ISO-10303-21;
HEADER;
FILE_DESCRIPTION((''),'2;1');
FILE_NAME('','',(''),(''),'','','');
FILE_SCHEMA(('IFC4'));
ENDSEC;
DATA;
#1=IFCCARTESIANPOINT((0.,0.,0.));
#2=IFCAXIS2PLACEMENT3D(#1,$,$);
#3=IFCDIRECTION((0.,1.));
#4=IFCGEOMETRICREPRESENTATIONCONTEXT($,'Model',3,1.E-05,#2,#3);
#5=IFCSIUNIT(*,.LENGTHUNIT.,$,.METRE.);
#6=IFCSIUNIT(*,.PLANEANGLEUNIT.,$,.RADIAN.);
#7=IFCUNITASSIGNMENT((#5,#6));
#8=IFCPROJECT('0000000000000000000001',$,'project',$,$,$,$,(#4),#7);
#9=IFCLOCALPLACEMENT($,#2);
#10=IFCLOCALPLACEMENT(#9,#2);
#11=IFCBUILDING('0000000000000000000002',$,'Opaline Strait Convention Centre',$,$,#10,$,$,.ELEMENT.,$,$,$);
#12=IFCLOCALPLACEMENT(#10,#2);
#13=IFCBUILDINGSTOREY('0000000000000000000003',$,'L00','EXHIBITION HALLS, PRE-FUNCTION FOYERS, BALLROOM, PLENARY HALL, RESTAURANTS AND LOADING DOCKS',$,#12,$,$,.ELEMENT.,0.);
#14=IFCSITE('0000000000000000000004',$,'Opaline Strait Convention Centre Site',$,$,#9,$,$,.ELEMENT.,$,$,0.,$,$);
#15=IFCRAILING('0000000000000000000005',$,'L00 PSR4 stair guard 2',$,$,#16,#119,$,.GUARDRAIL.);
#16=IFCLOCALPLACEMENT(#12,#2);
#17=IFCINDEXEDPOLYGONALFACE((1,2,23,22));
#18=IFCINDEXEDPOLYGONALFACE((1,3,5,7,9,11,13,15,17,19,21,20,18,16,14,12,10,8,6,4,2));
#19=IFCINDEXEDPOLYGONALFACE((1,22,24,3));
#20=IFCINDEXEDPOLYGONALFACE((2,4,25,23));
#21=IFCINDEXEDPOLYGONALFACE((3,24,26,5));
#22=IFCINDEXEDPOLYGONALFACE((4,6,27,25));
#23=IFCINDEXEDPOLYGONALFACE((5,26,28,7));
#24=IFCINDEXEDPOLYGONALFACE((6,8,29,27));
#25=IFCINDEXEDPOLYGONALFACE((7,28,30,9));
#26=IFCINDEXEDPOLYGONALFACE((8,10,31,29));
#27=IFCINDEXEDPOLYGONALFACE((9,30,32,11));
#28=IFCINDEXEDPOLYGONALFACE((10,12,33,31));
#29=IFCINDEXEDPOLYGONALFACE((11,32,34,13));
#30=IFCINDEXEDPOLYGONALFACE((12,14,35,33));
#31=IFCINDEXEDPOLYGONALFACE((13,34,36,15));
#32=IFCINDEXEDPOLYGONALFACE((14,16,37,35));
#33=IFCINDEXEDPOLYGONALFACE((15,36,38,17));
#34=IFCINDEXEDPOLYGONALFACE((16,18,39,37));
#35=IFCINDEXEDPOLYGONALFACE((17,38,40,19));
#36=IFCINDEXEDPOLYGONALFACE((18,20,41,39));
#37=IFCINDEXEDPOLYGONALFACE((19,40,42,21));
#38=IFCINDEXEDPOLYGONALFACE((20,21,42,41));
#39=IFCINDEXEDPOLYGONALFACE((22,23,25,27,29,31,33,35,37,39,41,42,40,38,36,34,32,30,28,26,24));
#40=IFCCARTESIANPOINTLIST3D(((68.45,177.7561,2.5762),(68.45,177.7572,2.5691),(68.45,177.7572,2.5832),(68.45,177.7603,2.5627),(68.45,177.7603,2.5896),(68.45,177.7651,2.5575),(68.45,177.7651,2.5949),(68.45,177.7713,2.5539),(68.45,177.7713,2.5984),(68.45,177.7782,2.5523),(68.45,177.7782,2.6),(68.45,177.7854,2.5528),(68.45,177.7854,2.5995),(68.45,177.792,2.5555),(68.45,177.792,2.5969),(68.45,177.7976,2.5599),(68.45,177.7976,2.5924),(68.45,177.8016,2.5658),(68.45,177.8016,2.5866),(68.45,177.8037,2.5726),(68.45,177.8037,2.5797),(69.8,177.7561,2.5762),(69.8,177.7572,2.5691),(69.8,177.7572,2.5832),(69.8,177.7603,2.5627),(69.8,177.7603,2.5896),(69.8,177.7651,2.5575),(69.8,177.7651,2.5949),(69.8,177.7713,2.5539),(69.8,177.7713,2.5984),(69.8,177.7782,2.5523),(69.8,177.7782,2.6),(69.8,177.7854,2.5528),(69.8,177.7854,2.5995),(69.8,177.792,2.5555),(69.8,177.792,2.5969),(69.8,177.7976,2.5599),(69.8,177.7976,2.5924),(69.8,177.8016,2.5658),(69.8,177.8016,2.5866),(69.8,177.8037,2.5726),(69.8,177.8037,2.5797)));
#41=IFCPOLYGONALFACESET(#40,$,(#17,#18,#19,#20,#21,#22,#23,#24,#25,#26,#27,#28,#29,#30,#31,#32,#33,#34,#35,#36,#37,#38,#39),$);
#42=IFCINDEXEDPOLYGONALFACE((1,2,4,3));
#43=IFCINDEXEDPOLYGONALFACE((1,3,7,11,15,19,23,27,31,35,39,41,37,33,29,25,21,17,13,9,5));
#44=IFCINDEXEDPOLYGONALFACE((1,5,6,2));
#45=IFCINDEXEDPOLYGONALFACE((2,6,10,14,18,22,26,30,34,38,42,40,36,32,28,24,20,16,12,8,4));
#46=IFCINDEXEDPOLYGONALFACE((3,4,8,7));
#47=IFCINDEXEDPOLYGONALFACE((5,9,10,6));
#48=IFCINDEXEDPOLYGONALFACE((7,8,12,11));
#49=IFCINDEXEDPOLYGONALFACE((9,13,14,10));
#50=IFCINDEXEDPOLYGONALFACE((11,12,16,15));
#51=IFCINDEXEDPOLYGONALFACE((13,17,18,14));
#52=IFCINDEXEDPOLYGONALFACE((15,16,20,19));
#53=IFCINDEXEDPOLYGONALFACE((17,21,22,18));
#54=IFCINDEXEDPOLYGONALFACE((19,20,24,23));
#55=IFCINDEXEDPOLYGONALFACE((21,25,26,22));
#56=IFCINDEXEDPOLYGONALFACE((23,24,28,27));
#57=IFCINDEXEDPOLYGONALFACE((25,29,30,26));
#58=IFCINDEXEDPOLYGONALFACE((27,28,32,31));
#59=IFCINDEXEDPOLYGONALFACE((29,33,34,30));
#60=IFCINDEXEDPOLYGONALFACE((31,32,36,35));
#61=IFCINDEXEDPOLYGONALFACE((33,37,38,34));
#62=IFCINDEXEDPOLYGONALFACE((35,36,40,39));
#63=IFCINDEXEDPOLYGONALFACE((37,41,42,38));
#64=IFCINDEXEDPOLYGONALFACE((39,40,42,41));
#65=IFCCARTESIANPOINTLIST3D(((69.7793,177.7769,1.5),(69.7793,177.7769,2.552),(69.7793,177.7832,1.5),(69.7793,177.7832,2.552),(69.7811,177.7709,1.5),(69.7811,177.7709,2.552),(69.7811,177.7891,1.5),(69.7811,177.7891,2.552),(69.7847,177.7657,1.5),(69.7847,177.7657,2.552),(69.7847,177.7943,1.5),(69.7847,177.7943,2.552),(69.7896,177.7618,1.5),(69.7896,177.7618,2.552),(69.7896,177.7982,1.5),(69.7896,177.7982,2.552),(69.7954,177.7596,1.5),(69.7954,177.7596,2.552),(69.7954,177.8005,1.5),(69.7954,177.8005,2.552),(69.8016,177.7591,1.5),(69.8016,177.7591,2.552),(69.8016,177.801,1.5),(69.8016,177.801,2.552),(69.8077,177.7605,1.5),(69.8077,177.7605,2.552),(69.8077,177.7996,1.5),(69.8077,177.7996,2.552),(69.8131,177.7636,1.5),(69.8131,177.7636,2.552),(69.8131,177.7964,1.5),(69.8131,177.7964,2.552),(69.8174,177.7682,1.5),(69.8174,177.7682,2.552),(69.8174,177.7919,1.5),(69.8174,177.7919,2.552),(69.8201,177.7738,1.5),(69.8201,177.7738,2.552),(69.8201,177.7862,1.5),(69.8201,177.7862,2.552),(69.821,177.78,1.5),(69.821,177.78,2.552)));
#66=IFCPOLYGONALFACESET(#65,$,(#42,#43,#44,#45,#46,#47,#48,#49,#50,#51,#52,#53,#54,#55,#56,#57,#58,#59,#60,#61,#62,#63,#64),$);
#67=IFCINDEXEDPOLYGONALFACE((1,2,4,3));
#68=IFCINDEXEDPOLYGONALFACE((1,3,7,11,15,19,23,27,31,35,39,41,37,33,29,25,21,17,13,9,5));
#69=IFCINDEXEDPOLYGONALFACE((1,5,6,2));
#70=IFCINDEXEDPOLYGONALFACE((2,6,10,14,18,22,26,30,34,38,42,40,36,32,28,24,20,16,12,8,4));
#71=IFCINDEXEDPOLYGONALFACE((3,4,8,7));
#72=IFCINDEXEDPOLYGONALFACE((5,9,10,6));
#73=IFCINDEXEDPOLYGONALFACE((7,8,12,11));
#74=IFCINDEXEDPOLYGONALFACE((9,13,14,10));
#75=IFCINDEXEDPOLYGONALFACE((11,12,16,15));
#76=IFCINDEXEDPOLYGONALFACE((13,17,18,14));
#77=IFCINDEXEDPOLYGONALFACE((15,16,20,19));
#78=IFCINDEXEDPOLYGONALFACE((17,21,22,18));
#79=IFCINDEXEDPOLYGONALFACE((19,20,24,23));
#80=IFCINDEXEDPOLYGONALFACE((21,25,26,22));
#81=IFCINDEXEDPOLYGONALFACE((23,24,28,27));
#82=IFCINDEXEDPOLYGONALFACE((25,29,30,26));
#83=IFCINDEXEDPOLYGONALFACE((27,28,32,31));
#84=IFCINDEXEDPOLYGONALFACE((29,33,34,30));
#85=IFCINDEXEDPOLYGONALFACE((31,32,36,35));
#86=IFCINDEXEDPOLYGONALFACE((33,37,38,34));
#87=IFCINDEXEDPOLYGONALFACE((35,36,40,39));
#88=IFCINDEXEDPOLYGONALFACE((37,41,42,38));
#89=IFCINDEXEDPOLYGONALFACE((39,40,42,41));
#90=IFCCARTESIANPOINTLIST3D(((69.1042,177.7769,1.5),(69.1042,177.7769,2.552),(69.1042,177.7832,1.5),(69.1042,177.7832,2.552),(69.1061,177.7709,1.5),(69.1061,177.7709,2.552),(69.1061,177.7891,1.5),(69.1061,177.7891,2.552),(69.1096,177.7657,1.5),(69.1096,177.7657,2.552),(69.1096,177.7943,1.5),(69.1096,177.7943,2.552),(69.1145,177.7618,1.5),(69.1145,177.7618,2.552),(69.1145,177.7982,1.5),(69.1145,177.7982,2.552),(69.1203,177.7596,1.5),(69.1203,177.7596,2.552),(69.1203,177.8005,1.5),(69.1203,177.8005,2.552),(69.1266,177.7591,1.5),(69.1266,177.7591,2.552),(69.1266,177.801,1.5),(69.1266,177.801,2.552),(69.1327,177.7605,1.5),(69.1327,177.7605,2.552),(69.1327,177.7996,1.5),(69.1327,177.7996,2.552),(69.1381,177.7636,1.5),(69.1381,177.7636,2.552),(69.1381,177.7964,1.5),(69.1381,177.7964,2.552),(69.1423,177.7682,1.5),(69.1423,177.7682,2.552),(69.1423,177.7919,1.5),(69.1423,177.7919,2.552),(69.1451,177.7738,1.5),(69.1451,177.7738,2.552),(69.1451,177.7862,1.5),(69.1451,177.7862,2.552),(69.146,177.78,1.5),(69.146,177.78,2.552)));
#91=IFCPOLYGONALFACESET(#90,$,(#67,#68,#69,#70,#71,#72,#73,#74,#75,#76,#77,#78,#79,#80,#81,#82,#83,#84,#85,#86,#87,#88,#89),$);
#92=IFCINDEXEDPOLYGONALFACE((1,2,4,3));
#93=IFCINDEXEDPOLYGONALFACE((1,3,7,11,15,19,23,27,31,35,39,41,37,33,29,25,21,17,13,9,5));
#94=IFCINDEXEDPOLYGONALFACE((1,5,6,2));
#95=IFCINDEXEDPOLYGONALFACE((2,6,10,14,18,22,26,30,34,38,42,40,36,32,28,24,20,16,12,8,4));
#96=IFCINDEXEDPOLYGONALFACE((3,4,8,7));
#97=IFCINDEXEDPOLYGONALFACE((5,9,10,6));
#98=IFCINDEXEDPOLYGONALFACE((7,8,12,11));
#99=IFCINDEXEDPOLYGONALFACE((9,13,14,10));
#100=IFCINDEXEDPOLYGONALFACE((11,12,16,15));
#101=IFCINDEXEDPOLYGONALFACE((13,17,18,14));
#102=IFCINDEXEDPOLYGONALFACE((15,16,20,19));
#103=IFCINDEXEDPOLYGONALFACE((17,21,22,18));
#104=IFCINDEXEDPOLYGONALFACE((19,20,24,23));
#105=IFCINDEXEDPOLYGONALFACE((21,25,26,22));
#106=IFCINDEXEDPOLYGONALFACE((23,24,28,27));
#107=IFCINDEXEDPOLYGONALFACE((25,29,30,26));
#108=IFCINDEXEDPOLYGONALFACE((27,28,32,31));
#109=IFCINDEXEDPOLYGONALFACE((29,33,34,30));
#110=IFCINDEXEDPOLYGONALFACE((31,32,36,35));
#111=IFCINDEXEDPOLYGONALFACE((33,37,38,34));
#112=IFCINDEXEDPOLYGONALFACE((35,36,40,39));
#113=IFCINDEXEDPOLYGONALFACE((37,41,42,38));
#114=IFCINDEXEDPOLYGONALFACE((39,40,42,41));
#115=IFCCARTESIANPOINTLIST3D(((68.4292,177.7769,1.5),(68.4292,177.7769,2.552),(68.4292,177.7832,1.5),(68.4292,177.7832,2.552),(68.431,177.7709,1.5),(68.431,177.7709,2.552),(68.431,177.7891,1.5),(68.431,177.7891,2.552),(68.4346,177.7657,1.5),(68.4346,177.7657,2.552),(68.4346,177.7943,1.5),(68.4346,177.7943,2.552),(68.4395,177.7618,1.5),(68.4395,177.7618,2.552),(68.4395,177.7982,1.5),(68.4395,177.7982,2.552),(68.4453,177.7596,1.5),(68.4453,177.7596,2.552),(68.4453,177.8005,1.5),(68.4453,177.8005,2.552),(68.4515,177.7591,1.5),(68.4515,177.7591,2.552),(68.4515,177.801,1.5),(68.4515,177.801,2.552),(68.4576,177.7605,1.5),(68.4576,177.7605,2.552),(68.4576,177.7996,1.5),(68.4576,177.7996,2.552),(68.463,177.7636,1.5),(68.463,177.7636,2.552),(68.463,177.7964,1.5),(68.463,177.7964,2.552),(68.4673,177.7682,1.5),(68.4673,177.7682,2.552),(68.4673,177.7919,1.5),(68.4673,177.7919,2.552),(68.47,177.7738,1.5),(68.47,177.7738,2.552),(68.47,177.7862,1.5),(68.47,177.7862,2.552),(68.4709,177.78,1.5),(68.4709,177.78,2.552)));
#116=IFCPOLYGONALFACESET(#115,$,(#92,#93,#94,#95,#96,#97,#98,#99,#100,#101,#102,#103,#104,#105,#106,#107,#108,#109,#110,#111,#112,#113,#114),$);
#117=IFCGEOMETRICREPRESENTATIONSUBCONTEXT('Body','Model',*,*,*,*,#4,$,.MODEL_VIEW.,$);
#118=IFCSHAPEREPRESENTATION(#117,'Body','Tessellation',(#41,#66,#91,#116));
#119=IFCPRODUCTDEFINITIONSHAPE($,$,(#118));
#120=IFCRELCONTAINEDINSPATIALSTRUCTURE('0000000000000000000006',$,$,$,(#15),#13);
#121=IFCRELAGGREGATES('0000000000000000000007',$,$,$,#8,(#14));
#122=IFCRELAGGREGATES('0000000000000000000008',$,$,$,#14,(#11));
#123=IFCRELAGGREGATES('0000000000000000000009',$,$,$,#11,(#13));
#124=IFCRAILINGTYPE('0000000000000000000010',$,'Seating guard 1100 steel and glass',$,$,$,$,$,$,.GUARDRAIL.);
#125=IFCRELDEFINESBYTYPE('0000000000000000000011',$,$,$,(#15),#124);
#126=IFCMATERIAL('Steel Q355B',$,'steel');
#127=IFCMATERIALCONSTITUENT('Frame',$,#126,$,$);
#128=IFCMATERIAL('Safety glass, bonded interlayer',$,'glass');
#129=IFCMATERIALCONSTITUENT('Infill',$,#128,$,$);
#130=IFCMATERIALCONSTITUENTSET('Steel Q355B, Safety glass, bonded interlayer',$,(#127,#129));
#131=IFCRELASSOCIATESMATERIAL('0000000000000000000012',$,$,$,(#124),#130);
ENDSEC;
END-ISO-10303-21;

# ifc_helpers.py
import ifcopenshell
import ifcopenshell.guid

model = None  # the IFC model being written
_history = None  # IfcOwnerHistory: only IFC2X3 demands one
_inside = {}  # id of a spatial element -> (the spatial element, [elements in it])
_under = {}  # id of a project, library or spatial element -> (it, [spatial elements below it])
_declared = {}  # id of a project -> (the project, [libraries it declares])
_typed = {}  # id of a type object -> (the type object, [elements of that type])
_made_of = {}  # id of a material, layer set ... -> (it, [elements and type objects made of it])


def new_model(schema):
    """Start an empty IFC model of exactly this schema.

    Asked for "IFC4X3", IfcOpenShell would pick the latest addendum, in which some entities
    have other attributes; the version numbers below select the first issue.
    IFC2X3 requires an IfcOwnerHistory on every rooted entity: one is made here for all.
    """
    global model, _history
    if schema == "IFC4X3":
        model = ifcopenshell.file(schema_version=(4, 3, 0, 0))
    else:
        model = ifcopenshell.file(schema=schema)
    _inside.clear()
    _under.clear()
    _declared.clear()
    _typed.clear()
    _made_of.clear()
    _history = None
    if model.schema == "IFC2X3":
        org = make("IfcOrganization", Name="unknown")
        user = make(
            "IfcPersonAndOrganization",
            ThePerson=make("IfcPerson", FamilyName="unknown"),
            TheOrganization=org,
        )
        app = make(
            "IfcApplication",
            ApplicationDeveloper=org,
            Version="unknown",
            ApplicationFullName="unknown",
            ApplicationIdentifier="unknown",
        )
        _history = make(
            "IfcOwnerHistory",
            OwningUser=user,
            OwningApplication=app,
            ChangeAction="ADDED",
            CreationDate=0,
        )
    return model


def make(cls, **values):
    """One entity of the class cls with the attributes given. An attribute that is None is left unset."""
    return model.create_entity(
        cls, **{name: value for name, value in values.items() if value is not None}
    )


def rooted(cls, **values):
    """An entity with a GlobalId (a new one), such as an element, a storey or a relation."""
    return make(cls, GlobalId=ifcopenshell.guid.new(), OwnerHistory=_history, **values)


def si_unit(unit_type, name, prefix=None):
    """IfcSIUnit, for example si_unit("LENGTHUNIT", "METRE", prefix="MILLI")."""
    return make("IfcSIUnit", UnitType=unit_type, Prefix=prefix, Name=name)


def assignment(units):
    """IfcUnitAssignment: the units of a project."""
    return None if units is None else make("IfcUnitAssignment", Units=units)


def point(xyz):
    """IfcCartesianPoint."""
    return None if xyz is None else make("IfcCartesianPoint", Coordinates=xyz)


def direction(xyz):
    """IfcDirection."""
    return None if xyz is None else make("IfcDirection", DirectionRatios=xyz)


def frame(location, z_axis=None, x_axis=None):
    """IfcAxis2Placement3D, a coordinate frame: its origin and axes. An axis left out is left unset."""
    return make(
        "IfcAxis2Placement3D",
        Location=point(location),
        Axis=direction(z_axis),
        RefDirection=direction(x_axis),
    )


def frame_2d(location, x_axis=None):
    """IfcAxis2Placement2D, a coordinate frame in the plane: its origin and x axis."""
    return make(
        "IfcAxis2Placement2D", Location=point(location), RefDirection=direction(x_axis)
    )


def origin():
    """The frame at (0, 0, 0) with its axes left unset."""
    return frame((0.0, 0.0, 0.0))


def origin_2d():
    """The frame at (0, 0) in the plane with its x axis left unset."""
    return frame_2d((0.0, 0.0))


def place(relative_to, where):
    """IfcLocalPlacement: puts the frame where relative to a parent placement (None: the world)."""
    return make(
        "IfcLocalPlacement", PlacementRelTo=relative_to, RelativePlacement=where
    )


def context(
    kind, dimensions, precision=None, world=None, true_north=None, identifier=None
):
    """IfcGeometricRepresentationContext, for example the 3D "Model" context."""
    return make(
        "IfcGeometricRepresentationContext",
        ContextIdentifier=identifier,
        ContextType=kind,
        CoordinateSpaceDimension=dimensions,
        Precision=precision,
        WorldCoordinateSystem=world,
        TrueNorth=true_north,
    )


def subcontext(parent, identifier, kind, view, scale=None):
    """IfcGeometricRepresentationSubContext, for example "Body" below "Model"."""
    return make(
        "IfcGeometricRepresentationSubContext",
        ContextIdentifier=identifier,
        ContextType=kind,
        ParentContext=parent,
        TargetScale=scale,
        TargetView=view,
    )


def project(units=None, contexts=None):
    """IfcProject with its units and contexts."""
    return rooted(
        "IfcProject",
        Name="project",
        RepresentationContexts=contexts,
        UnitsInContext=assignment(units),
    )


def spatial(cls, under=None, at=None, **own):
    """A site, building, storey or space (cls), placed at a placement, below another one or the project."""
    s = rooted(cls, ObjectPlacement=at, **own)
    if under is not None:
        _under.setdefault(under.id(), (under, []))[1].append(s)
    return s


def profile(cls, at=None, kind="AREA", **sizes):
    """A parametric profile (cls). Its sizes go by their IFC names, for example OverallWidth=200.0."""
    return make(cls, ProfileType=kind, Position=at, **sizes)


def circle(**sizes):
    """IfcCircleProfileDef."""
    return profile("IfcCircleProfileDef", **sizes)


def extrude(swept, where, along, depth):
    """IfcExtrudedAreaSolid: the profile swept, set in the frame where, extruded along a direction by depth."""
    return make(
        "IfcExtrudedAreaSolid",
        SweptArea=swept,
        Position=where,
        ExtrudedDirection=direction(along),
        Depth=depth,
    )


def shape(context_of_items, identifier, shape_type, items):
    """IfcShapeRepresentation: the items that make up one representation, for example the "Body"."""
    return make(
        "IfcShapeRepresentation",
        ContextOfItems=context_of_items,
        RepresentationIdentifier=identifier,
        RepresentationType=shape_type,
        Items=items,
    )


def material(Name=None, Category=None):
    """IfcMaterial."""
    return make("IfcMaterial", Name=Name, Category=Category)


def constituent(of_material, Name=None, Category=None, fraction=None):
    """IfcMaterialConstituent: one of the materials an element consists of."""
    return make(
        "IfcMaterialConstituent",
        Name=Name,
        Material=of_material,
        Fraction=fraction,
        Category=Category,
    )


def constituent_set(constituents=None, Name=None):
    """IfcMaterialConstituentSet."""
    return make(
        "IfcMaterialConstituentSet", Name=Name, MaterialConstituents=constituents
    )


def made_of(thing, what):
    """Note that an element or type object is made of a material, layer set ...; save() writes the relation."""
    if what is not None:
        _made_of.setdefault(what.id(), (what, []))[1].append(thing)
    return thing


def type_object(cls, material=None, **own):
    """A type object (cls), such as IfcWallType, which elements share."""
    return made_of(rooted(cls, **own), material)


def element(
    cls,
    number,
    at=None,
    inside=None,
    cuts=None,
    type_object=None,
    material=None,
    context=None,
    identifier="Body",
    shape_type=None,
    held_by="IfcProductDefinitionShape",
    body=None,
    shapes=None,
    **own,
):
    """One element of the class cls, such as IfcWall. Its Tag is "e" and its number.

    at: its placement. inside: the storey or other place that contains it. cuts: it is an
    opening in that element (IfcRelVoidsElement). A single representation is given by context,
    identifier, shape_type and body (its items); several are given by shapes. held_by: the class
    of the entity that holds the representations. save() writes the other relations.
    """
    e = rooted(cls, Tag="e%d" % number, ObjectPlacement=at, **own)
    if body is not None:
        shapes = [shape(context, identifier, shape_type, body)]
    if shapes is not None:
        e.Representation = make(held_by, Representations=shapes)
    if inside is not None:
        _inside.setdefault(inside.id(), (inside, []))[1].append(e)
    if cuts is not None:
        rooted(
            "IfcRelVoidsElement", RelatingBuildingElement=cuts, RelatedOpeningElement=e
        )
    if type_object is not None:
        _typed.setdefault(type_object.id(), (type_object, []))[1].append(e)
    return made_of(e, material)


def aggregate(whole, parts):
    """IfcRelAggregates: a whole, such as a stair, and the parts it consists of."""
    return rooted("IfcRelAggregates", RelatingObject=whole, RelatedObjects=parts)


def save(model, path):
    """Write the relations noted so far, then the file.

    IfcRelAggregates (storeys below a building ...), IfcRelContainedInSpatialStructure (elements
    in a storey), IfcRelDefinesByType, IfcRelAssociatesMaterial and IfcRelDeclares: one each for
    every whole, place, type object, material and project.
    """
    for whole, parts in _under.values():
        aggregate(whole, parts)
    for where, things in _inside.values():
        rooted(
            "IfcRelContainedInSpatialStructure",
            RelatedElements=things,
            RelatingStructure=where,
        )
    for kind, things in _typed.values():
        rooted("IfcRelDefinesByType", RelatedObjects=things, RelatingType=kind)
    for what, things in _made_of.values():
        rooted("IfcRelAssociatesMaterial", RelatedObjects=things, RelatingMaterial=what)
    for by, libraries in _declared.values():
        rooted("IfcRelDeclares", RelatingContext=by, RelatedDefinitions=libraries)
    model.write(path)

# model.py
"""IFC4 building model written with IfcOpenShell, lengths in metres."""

from ifc_helpers import new_model, si_unit, direction, frame, origin, origin_2d, place, context, subcontext, project, spatial, circle, extrude, material, constituent, constituent_set, type_object, element, save


model = new_model("IFC4")

# Units and contexts
model_context = context("Model", 3, precision=1e-05, world=origin(), true_north=direction((0.0, 1.0)))
body_context = subcontext(model_context, "Body", "Model", "MODEL_VIEW")
ifc_project = project(units=[si_unit("LENGTHUNIT", "METRE"), si_unit("PLANEANGLEUNIT", "RADIAN")], contexts=[model_context])

# Site, building, storey
site_placement = place(None, origin())
site = spatial("IfcSite", under=ifc_project, at=site_placement, Name="Opaline Strait Convention Centre Site", CompositionType="ELEMENT", RefElevation=0.0)
building_placement = place(site_placement, origin())
building = spatial("IfcBuilding", under=site, at=building_placement, Name="Opaline Strait Convention Centre", CompositionType="ELEMENT")
storey_placement = place(building_placement, origin())
storey = spatial("IfcBuildingStorey", under=building, at=storey_placement, Name="L00", Description="EXHIBITION HALLS, PRE-FUNCTION FOYERS, BALLROOM, PLENARY HALL, RESTAURANTS AND LOADING DOCKS", CompositionType="ELEMENT", Elevation=0.0)

# Railing
ifc_material_1 = material(Name="Steel Q355B", Category="steel")
ifc_constituent_1 = constituent(ifc_material_1, Name="Frame")
ifc_material_2 = material(Name="Safety glass, bonded interlayer", Category="glass")
ifc_constituent_2 = constituent(ifc_material_2, Name="Infill")
ifc_constituent_set = constituent_set(constituents=[ifc_constituent_1, ifc_constituent_2], Name="Steel Q355B, Safety glass, bonded interlayer")
railing_type_1 = type_object("IfcRailingType", Name="Seating guard 1100 steel and glass", PredefinedType="GUARDRAIL", material=ifc_constituent_set)
railing_1_placement = place(storey_placement, frame((69.8, 177.78, 1.5)))
element("IfcRailing", 1, at=railing_1_placement, inside=storey, type_object=railing_type_1, Name="L00 PSR4 stair guard 2", PredefinedType="GUARDRAIL", context=body_context, shape_type="SweptSolid", body=[
    extrude(circle(Radius=0.0239, at=origin_2d()), frame((0.0, 0.0, 1.0762), z_axis=(-1.0, 0.0, 0.0), x_axis=(0.0, -1.0, 0.0)), (0.0, 0.0, 1.0), 1.3501),
    extrude(circle(Radius=0.021, at=origin_2d()), origin(), (0.0, 0.0, 1.0), 1.052),
    extrude(circle(Radius=0.021, at=origin_2d()), frame((-0.675, 0.0, 0.0)), (0.0, 0.0, 1.0), 1.052),
    extrude(circle(Radius=0.021, at=origin_2d()), frame((-1.3501, 0.0, 0.0)), (0.0, 0.0, 1.0), 1.052),
])

save(model, "model.ifc")
